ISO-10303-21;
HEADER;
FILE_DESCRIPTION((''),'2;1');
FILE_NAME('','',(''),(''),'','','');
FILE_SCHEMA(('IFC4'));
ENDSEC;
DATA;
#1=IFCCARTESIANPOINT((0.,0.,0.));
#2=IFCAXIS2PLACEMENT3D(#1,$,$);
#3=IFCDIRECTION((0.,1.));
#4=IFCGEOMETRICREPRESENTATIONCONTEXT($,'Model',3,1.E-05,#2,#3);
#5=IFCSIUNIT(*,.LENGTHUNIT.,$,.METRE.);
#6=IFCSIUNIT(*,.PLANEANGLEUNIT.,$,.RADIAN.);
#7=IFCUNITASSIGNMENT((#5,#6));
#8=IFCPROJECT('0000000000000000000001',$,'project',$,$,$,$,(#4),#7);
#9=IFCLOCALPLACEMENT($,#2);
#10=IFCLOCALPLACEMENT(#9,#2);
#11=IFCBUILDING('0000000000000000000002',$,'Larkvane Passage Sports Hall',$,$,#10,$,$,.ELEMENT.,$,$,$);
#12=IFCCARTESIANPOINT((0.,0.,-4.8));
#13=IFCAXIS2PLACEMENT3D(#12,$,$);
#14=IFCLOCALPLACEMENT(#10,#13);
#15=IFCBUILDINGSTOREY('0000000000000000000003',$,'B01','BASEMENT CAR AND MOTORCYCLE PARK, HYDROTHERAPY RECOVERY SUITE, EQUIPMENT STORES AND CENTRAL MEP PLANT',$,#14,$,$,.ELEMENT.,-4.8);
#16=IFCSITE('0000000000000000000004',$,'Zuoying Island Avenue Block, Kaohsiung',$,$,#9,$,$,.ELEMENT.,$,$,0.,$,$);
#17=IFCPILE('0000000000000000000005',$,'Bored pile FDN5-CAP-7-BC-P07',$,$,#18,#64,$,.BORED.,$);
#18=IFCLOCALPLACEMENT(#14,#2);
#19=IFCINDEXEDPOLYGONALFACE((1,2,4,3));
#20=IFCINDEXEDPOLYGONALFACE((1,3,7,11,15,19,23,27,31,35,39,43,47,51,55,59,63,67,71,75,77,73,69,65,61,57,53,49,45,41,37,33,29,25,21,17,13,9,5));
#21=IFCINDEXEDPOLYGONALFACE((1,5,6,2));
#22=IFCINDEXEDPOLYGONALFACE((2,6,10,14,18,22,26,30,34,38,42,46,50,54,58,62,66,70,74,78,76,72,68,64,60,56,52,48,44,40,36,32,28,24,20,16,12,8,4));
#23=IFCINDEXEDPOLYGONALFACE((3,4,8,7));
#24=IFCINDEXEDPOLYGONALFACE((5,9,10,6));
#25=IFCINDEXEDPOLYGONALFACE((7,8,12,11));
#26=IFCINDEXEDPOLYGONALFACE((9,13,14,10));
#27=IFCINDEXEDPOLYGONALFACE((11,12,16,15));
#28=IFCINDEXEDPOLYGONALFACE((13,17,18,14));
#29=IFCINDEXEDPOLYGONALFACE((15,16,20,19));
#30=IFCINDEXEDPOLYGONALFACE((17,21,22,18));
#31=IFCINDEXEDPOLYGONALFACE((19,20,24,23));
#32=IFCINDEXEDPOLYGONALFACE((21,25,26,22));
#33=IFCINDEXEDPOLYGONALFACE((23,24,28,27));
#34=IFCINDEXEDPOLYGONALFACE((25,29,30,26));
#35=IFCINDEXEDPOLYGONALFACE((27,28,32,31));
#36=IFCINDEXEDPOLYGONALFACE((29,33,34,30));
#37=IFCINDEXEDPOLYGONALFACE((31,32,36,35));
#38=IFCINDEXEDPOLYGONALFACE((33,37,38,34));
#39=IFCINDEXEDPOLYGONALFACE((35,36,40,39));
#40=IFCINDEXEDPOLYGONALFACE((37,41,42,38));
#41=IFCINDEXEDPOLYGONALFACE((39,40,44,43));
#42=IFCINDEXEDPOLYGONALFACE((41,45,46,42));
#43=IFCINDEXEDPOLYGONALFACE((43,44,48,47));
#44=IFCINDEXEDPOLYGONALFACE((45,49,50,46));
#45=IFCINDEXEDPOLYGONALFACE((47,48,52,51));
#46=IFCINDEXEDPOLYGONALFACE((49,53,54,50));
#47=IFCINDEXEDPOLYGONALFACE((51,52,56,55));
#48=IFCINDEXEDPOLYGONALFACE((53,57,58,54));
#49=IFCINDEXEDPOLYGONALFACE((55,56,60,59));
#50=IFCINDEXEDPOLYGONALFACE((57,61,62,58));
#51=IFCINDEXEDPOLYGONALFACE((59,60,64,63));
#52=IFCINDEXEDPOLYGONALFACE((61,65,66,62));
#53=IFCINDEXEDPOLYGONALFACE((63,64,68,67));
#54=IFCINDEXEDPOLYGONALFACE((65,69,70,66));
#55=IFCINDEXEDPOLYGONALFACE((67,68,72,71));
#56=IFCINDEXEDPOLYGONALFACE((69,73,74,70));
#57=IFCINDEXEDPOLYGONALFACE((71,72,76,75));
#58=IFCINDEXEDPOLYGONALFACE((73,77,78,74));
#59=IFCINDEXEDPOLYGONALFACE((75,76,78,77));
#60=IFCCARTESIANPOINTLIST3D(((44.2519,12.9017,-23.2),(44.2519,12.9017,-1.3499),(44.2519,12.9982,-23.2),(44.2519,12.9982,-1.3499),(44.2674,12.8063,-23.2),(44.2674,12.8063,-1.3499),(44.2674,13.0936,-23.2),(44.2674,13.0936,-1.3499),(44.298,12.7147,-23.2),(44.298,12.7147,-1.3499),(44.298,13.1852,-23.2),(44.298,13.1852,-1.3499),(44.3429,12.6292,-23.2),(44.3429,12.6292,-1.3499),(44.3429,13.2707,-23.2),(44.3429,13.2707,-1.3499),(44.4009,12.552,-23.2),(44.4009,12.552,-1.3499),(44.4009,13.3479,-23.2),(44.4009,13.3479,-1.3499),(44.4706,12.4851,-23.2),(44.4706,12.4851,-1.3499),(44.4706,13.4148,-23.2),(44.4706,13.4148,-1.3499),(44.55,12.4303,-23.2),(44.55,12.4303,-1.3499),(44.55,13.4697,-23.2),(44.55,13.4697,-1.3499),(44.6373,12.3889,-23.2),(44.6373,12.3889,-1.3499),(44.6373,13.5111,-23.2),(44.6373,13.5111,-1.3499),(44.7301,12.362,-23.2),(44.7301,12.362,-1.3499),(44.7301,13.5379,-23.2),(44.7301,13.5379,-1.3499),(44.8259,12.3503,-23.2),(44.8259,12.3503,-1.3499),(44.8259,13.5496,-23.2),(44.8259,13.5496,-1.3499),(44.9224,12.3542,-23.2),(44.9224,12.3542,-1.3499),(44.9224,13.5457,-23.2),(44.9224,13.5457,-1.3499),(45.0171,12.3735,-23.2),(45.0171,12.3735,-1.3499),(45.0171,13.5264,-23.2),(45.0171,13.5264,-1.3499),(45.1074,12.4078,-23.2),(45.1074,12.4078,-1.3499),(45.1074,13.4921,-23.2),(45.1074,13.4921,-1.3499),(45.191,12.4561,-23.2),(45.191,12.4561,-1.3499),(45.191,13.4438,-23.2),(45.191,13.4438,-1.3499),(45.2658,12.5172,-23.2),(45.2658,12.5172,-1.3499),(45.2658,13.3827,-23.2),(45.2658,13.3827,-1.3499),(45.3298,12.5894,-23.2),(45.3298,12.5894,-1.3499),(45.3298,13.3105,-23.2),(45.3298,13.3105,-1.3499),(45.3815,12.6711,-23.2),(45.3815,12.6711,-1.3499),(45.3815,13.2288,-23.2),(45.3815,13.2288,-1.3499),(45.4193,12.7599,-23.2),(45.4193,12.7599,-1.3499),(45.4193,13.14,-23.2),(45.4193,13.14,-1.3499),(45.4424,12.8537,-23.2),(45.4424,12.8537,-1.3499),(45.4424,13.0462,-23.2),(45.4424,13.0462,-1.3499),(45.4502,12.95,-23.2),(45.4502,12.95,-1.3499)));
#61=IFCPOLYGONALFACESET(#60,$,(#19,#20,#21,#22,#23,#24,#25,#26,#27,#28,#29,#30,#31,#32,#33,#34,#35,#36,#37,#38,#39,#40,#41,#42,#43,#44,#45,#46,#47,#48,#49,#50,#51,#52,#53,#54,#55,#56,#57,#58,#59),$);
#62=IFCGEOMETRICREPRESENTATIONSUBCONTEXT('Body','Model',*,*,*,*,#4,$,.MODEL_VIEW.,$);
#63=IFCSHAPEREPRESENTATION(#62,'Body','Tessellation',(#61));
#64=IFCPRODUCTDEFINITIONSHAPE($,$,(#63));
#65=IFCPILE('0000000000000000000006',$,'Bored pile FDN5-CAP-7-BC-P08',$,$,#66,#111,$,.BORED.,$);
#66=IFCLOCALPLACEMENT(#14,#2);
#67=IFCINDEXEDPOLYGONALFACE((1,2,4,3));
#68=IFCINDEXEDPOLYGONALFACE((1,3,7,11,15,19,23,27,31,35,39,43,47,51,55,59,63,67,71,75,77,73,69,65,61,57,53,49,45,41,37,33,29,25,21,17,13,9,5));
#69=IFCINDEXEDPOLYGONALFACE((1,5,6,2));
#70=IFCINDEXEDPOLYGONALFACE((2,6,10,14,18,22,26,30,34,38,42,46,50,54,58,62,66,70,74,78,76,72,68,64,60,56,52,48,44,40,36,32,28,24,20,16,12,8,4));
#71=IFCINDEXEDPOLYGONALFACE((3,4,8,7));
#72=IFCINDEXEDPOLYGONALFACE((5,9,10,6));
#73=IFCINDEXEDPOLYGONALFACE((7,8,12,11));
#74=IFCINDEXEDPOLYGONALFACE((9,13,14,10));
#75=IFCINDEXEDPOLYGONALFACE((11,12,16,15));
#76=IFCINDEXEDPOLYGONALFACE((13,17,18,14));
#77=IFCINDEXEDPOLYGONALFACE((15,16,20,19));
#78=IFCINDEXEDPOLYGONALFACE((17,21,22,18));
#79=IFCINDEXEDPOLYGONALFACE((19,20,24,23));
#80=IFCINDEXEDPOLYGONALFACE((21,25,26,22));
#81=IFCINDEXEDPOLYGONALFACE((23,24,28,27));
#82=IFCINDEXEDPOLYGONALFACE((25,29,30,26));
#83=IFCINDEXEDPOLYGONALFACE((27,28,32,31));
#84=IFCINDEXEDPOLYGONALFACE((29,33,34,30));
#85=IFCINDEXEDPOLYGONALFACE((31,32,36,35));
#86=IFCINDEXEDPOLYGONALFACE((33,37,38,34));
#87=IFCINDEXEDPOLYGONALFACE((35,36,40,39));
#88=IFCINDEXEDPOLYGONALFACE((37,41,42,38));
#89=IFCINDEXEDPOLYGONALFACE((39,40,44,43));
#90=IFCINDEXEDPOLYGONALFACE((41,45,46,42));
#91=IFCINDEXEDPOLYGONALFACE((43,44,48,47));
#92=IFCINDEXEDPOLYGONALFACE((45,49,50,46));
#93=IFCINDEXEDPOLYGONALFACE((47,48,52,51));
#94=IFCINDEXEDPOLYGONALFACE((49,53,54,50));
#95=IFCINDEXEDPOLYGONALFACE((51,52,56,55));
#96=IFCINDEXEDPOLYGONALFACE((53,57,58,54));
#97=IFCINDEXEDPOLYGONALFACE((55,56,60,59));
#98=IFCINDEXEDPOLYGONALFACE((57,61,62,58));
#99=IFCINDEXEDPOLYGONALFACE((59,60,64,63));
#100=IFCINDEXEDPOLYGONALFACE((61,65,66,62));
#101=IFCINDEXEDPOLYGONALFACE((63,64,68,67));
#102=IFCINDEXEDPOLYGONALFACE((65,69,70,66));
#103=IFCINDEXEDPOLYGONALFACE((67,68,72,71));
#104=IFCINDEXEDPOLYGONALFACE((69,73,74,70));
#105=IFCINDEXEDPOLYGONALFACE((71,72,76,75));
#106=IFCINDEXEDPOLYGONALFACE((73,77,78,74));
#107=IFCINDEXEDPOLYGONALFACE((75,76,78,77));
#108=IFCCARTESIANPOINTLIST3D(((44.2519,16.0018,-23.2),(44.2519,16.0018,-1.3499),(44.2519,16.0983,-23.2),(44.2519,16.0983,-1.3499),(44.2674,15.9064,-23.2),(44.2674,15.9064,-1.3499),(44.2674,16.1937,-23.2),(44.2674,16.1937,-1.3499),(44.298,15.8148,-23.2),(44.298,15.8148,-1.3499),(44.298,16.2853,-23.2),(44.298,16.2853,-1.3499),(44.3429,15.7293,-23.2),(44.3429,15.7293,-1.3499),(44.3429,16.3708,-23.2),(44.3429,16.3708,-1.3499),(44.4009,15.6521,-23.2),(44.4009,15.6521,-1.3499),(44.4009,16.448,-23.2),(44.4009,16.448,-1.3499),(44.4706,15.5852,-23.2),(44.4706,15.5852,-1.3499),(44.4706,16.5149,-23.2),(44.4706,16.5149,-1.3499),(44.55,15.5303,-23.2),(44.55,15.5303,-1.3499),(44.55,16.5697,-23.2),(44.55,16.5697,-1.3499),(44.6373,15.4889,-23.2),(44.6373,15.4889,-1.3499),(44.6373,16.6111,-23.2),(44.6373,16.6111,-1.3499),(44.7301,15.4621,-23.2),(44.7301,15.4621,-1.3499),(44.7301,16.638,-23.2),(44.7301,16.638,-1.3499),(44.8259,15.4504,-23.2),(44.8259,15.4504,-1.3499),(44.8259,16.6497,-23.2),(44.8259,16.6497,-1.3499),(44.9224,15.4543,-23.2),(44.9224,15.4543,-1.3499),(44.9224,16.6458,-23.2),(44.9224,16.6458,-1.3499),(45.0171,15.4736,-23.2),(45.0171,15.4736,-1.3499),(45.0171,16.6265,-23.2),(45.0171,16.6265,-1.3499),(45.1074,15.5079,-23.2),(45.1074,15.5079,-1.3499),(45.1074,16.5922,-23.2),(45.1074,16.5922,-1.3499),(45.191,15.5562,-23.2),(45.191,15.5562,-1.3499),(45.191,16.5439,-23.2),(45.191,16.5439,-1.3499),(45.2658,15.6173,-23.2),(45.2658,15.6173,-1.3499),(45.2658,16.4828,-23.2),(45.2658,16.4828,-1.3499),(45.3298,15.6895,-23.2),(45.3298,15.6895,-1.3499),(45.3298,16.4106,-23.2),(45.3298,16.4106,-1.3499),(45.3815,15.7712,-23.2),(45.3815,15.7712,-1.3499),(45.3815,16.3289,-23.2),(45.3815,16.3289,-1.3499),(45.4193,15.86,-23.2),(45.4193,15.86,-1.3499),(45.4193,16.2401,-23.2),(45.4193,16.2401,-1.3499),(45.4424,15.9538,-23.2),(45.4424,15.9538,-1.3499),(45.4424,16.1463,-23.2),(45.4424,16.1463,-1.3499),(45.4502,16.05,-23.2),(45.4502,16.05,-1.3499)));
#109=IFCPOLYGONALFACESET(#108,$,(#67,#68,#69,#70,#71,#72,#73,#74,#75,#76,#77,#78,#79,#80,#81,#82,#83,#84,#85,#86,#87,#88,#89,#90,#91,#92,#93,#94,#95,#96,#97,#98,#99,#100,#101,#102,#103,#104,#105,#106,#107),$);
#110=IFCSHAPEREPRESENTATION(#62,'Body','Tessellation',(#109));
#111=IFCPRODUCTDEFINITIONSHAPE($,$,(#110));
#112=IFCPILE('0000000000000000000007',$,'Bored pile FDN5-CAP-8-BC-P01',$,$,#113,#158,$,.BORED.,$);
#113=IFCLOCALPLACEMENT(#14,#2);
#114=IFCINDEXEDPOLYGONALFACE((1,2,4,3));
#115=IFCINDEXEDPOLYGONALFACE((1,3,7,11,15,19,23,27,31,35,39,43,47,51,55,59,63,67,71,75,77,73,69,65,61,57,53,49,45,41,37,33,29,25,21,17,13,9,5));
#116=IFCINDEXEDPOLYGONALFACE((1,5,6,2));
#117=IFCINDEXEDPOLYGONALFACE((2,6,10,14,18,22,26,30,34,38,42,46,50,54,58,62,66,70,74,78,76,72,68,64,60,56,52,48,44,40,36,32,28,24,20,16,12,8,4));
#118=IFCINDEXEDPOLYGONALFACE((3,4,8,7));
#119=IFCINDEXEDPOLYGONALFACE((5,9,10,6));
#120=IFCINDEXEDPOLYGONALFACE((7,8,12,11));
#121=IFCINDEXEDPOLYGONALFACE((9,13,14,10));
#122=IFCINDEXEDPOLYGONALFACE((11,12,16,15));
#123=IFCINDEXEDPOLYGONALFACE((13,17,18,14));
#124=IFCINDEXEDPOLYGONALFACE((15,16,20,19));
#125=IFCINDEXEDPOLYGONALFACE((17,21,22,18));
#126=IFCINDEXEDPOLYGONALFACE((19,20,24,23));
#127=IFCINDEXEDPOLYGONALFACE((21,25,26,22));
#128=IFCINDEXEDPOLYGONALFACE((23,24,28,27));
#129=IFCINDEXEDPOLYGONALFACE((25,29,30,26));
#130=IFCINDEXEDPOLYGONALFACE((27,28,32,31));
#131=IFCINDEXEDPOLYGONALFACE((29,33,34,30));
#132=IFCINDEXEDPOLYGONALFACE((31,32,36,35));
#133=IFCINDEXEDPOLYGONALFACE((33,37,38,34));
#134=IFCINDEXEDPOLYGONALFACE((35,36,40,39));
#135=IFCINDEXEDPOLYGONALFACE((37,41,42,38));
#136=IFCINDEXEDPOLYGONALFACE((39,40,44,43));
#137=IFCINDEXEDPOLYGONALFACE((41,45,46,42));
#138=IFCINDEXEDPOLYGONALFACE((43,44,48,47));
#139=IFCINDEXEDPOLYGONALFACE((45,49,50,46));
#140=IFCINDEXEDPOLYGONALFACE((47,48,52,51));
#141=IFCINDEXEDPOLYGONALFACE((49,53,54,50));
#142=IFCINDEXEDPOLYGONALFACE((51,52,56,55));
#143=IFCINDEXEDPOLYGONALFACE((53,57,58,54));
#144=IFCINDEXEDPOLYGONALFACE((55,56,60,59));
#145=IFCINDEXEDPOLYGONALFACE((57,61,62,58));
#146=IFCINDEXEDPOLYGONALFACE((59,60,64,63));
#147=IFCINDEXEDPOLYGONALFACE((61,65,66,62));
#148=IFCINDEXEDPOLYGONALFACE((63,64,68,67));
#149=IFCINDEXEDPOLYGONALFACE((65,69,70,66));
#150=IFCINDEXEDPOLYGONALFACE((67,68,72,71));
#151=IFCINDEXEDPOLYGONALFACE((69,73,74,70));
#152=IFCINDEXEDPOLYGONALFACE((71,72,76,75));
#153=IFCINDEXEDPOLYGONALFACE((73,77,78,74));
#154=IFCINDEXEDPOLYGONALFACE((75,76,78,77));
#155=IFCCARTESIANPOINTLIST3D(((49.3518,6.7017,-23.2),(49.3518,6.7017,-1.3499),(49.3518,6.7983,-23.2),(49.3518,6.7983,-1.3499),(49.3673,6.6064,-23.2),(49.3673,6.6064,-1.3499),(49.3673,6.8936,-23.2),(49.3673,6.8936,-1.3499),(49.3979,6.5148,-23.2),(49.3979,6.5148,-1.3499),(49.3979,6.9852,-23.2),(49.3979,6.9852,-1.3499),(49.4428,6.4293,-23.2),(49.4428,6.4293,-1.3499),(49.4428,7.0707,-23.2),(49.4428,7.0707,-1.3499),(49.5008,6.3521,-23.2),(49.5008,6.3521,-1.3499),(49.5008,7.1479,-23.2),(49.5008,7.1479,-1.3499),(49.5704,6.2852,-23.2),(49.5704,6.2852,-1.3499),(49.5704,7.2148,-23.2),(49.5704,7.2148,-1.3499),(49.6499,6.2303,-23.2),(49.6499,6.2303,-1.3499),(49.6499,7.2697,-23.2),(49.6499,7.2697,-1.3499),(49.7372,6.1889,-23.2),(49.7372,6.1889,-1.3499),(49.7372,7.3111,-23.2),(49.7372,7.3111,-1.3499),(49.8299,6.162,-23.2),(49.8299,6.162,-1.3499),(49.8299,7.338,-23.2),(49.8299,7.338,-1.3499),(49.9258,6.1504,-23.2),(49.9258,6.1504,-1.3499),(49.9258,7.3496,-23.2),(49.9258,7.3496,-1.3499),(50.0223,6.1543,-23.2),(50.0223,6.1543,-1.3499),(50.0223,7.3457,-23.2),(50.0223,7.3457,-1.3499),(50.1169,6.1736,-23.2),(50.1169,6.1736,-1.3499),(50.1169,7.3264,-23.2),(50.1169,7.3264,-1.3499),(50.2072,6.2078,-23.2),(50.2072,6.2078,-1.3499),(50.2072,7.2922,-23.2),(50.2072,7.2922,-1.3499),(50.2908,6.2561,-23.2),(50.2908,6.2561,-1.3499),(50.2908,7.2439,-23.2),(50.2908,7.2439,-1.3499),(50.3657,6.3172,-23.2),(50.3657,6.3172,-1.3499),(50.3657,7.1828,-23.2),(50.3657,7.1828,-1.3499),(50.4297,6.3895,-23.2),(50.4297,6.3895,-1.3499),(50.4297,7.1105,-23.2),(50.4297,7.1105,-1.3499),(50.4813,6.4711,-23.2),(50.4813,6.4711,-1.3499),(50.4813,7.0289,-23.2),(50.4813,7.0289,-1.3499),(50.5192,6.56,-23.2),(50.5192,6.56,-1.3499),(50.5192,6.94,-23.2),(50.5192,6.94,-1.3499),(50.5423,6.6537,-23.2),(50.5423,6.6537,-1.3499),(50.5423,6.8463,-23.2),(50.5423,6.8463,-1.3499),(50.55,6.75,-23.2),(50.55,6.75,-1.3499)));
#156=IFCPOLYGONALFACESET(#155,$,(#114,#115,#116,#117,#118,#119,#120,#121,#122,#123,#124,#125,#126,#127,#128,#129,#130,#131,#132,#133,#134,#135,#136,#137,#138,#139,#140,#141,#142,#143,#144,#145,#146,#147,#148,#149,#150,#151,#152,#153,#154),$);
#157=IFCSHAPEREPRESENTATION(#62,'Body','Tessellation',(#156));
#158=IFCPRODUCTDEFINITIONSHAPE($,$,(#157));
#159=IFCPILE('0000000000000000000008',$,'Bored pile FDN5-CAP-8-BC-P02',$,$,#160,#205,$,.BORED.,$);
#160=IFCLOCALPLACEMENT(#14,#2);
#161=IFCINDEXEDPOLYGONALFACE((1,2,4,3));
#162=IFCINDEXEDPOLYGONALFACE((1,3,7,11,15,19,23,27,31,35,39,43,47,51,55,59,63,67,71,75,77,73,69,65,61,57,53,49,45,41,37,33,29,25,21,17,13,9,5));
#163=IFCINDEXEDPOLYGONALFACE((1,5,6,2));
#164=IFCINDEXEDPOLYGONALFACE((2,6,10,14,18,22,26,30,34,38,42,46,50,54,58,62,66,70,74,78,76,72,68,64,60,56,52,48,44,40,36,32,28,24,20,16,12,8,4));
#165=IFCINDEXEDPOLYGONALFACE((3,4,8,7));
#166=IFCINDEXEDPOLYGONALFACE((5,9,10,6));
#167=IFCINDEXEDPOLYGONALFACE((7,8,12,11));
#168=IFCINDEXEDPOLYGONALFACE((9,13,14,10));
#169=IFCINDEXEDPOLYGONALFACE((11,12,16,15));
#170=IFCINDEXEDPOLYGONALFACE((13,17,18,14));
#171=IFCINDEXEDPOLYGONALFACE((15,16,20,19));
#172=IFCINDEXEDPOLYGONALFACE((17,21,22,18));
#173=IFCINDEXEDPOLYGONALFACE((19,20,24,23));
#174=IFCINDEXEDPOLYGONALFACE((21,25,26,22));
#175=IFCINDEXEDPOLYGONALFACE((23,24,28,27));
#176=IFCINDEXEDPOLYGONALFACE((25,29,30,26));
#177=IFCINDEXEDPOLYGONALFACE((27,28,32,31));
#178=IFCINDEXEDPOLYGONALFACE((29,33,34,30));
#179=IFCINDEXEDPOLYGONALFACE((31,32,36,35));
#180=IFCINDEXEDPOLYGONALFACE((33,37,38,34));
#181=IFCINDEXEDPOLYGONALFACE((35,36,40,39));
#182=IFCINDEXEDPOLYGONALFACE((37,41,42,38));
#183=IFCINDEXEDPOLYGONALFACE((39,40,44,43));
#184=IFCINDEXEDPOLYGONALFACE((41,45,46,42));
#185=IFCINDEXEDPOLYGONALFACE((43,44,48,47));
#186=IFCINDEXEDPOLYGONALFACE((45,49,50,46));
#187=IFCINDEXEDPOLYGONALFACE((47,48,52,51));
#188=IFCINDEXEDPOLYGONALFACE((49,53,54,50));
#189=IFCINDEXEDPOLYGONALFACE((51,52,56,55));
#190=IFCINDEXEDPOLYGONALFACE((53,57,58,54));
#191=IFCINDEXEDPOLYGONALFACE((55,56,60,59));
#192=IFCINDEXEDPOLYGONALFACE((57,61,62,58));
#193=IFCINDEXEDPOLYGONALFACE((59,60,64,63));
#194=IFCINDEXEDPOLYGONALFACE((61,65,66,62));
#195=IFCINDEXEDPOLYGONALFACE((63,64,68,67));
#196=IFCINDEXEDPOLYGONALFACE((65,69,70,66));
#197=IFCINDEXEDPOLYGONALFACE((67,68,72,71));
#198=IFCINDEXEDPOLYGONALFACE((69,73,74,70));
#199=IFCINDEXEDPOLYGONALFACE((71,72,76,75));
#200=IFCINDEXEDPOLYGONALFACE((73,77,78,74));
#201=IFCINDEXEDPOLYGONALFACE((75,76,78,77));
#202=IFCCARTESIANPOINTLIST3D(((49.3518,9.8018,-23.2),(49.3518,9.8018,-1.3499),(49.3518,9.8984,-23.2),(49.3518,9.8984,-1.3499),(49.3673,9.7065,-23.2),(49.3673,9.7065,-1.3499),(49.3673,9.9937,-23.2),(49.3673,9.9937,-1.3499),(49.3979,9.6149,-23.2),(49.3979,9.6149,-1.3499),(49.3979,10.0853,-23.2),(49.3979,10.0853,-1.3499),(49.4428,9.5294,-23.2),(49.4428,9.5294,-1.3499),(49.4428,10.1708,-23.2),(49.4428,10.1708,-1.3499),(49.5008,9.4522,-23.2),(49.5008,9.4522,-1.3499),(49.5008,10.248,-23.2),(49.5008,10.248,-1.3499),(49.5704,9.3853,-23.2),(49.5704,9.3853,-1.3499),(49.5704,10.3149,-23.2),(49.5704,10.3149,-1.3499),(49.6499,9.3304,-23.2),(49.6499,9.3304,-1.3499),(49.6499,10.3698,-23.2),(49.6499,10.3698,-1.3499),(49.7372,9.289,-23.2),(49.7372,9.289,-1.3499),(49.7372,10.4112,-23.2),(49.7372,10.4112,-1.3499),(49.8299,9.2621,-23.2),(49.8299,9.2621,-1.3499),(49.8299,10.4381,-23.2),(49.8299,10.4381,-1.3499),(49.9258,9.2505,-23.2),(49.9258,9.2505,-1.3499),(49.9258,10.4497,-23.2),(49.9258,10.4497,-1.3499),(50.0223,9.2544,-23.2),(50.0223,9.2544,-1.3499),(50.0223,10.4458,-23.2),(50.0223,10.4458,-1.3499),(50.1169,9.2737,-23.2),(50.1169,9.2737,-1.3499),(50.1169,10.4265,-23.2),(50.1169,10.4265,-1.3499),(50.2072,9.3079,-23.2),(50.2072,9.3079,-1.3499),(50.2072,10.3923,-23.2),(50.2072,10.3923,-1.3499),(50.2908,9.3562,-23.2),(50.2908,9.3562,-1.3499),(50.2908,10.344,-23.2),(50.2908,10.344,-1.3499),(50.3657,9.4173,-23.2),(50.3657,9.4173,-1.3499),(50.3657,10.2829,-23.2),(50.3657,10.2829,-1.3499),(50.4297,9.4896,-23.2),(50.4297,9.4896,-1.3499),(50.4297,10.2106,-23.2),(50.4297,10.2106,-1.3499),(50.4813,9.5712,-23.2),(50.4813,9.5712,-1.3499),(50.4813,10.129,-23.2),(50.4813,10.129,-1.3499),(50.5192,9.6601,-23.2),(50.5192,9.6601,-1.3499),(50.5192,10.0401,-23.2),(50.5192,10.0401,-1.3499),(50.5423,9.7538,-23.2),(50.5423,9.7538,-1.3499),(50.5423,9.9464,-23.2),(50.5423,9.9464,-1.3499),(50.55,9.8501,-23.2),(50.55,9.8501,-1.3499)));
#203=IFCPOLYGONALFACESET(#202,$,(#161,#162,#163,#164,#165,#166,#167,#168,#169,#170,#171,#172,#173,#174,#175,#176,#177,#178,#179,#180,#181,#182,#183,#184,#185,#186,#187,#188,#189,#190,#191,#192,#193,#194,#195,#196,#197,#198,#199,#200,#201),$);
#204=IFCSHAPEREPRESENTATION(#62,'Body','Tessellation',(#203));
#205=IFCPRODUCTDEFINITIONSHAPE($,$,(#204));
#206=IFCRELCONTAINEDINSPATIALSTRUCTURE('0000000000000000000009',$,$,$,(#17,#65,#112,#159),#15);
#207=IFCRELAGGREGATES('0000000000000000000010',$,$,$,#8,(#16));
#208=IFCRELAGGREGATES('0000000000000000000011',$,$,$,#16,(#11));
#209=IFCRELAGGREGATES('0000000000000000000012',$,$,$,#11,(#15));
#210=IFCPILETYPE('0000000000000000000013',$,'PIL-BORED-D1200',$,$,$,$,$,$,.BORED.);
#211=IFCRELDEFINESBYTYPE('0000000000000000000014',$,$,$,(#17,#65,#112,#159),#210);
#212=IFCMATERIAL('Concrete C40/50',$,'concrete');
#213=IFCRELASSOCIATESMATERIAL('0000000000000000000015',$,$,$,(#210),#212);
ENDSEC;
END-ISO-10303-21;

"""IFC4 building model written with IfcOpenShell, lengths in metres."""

from ifc_helpers import new_model, si_unit, direction, frame, origin, origin_2d, place, context, subcontext, project, spatial, circle, extrude, material, material_profile, profile_set, type_object, element, save


model = new_model("IFC4")

# Units and contexts
model_context = context("Model", 3, precision=1e-05, world=origin(), true_north=direction((0.0, 1.0)))
body_context = subcontext(model_context, "Body", "Model", "MODEL_VIEW")
ifc_project = project(units=[si_unit("LENGTHUNIT", "METRE"), si_unit("PLANEANGLEUNIT", "RADIAN")], contexts=[model_context])

# Site, building, storey
site_placement = place(None, origin())
site = spatial("IfcSite", under=ifc_project, at=site_placement, Name="Zuoying Island Avenue Block, Kaohsiung", CompositionType="ELEMENT", RefElevation=0.0)
building_placement = place(site_placement, origin())
building = spatial("IfcBuilding", under=site, at=building_placement, Name="Larkvane Passage Sports Hall", CompositionType="ELEMENT")
storey_placement = place(building_placement, frame((0.0, 0.0, -4.8)))
storey = spatial("IfcBuildingStorey", under=building, at=storey_placement, Name="B01", Description="BASEMENT CAR AND MOTORCYCLE PARK, HYDROTHERAPY RECOVERY SUITE, EQUIPMENT STORES AND CENTRAL MEP PLANT", CompositionType="ELEMENT", Elevation=-4.8)

# Shared definitions
ifc_material_1 = material(Name="Concrete C40/50", Category="concrete")

# Piles
ifc_material_profile_1 = material_profile(ifc_material_1, circle(Radius=0.6001, at=origin_2d()), Name="PILE-D1200")
ifc_profile_set_1 = profile_set([ifc_material_profile_1], Name="Concrete C40/50")
pile_type = type_object("IfcPileType", Name="PIL-BORED-D1200", PredefinedType="BORED", material=ifc_profile_set_1)
for number, where, z_axis, x_axis, name in (
    (1, (44.8501, 12.95, -1.3499), (0.0, 0.0, -1.0), (1.0, 0.0, 0.0), "Bored pile FDN5-CAP-7-BC-P07"),
    (2, (44.8501, 16.05, -1.3499), (0.0, 0.0, -1.0), (1.0, 0.0, 0.0), "Bored pile FDN5-CAP-7-BC-P08"),
    (3, (49.95, 6.75, -1.3499), (0.0, 0.0, -1.0), (1.0, 0.0, 0.0), "Bored pile FDN5-CAP-8-BC-P01"),
    (4, (49.95, 9.8501, -1.3499), (0.0, 0.0, -1.0), (1.0, 0.0, 0.0), "Bored pile FDN5-CAP-8-BC-P02"),
):
    element("IfcPile", number, at=place(storey_placement, frame(where, z_axis=z_axis, x_axis=x_axis)), inside=storey, type_object=pile_type, Name=name, PredefinedType="BORED", context=body_context, shape_type="SweptSolid", body=[
        extrude(circle(Radius=0.6001, at=origin_2d()), origin(), (0.0, 0.0, 1.0), 21.8501),
    ])

save(model, "model.ifc")
